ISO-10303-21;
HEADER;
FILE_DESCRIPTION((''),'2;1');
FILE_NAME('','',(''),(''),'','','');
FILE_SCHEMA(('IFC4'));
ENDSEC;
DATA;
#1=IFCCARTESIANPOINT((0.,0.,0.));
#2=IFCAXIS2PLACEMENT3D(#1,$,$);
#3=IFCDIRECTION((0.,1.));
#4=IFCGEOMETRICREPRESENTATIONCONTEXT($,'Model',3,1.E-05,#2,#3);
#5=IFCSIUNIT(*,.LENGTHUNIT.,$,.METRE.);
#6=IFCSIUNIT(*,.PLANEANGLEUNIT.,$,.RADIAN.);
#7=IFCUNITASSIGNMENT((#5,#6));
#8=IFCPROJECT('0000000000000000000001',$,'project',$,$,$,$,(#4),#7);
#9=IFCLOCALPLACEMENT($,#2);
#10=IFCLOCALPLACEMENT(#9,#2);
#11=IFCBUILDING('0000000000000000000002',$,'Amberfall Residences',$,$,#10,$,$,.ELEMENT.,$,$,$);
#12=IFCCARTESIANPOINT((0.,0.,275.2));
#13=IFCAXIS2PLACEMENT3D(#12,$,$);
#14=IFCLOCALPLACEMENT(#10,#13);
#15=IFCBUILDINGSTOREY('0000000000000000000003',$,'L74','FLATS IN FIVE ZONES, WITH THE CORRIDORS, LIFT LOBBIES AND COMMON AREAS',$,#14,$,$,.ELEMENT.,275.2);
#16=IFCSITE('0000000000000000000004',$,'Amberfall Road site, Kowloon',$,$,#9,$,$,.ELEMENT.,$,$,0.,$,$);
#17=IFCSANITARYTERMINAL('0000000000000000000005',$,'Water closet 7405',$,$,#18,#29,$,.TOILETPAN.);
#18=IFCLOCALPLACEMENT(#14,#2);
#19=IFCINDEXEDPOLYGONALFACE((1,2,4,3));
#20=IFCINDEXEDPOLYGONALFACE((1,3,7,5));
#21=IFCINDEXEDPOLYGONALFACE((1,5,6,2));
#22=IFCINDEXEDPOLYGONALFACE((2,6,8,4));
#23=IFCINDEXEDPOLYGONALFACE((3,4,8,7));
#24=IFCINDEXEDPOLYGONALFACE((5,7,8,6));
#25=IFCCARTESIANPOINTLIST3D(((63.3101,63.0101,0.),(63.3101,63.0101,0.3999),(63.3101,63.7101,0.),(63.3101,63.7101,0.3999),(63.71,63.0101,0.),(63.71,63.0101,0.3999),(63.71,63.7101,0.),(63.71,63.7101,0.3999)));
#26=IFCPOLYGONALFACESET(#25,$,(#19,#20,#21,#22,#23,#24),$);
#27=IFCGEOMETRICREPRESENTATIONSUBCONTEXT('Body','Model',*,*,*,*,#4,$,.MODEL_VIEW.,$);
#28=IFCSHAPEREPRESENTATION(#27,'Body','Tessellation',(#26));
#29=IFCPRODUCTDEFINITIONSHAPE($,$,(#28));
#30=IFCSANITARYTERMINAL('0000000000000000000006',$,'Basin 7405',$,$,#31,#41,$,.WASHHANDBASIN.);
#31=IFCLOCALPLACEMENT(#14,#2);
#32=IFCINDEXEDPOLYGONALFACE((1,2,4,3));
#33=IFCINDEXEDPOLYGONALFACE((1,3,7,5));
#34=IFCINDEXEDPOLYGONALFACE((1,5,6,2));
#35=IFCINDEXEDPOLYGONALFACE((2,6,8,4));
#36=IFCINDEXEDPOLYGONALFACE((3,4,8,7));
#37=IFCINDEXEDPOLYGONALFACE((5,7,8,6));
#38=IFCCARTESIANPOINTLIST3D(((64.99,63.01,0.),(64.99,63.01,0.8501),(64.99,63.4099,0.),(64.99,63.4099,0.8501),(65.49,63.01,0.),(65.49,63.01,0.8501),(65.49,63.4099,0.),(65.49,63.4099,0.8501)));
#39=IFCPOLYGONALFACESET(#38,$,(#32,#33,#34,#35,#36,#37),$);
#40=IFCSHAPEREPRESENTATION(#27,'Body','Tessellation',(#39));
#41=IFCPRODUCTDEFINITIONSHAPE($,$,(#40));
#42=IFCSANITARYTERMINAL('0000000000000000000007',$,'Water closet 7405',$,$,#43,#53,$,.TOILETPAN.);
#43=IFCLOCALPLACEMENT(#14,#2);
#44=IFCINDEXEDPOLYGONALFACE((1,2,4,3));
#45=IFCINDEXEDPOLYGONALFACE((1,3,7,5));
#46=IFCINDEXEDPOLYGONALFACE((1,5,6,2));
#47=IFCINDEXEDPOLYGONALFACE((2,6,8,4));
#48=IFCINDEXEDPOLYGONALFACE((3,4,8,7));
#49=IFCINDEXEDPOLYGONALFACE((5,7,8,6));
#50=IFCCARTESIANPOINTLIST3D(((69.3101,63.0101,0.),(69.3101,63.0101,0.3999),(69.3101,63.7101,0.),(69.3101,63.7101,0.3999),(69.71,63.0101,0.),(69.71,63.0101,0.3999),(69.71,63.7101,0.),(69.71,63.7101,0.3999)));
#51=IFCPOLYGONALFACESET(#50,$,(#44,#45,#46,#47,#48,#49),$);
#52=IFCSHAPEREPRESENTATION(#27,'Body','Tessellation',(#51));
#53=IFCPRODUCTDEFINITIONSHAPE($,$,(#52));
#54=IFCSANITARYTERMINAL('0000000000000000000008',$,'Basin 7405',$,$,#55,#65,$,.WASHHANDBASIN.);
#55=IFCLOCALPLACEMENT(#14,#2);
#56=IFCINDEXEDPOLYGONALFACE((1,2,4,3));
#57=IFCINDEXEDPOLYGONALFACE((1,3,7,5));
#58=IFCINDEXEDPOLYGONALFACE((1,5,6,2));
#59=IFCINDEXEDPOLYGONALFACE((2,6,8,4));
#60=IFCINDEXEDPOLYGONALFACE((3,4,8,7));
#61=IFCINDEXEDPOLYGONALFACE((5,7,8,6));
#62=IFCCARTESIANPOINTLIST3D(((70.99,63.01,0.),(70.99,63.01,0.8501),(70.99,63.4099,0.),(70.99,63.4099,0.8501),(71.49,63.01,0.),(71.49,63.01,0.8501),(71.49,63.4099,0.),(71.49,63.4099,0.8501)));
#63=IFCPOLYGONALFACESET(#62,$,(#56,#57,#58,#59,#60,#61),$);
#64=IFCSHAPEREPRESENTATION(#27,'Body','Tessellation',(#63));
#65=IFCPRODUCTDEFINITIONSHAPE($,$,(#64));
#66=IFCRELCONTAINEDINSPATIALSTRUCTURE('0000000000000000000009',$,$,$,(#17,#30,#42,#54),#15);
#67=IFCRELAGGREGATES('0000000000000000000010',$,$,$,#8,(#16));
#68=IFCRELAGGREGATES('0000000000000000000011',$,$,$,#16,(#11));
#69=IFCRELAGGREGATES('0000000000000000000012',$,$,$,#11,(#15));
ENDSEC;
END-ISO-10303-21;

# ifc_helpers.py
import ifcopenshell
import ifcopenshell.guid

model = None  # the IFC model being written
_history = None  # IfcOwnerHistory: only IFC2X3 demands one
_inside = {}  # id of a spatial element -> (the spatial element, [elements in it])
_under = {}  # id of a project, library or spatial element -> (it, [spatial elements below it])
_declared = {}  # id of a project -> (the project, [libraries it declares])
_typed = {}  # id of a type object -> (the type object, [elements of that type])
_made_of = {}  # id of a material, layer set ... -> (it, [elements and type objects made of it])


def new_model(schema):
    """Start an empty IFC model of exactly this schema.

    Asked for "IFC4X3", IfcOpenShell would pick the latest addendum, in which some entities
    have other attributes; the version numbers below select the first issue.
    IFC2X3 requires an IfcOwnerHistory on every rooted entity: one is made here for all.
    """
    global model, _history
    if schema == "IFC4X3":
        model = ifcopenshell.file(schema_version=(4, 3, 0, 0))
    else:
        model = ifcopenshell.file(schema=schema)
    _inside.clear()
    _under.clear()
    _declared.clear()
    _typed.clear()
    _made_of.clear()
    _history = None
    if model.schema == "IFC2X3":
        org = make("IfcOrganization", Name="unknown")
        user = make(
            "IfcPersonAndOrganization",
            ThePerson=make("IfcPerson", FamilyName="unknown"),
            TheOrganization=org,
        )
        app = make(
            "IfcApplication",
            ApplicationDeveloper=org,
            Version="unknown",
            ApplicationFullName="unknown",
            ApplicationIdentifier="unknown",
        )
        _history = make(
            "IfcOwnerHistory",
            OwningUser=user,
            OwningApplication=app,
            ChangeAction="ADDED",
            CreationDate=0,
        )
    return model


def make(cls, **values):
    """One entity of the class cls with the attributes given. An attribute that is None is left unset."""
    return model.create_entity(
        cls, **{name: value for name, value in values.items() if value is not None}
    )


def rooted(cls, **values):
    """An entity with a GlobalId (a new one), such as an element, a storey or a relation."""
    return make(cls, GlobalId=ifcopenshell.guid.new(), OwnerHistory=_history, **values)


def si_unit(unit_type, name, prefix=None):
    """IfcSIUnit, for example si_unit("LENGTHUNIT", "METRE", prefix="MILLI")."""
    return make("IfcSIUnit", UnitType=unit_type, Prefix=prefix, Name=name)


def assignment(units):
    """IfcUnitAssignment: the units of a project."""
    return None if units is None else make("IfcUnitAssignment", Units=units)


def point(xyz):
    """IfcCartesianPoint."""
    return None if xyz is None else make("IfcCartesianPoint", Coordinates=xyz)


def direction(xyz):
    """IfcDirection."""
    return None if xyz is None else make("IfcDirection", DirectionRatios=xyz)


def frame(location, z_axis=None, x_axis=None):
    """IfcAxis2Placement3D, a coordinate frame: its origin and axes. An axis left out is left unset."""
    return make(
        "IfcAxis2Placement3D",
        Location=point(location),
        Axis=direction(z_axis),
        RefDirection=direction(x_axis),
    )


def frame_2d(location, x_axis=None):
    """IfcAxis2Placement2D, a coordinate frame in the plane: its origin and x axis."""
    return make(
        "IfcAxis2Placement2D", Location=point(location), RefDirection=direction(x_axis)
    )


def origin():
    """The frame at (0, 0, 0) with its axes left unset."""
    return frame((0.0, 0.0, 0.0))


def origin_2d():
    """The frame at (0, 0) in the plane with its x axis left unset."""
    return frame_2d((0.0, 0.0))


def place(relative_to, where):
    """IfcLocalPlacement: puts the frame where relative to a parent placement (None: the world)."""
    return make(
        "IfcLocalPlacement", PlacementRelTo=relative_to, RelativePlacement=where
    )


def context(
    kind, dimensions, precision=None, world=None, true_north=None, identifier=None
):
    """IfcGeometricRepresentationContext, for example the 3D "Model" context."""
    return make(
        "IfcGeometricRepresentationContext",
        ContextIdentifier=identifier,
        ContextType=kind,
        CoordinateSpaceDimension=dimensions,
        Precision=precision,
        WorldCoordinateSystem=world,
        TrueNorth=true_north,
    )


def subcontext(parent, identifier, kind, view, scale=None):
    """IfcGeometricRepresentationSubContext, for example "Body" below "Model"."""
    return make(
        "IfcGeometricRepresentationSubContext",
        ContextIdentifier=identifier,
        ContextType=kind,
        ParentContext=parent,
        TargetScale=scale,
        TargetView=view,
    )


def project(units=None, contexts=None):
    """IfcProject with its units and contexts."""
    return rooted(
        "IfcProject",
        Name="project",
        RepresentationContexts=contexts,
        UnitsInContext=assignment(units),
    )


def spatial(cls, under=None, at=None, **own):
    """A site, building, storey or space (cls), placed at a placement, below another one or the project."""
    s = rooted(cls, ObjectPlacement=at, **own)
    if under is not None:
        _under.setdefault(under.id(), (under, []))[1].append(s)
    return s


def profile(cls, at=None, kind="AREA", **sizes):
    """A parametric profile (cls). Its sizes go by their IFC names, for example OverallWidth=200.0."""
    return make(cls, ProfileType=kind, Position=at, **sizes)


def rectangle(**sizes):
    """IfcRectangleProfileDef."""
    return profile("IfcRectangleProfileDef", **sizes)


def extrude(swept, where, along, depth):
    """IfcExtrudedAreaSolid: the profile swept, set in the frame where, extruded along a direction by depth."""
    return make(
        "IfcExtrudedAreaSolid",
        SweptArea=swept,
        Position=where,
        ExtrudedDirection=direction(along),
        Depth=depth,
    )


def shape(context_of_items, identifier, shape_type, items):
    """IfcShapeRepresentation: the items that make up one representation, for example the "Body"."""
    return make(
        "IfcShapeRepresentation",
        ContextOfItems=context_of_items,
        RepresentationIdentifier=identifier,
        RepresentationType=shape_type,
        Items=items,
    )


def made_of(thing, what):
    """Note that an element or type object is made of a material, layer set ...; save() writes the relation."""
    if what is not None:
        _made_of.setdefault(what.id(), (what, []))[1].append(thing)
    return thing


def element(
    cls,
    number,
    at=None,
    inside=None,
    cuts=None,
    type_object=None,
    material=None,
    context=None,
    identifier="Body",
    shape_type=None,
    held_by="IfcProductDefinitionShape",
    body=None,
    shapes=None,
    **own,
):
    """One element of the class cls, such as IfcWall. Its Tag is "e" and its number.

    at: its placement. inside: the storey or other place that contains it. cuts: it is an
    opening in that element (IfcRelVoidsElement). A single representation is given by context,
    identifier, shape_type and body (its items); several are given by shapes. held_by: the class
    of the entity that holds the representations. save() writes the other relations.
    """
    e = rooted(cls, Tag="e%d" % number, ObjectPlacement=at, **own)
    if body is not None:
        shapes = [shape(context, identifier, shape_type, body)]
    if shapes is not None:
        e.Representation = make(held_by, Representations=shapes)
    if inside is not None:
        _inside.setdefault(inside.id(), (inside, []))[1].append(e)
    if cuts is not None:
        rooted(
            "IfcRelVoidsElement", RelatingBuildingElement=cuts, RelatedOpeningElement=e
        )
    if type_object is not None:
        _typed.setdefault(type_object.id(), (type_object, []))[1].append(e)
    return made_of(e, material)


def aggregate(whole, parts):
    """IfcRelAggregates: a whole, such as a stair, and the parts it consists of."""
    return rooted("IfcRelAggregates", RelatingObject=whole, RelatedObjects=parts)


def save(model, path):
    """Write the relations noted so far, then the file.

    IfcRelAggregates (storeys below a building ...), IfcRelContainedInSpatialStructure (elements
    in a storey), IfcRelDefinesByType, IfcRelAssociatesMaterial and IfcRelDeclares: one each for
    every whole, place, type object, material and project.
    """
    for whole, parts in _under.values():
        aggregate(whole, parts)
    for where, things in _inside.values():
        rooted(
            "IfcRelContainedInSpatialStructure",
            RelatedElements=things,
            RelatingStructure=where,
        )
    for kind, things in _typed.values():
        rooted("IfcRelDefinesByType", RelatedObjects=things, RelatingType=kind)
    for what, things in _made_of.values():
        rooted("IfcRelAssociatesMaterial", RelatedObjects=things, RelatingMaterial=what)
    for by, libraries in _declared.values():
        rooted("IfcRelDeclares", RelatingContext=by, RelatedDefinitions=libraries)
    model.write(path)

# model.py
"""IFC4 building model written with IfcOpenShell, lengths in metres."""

from ifc_helpers import new_model, si_unit, direction, frame, origin, origin_2d, place, context, subcontext, project, spatial, rectangle, extrude, element, save


model = new_model("IFC4")

# Units and contexts
model_context = context("Model", 3, precision=1e-05, world=origin(), true_north=direction((0.0, 1.0)))
body_context = subcontext(model_context, "Body", "Model", "MODEL_VIEW")
ifc_project = project(units=[si_unit("LENGTHUNIT", "METRE"), si_unit("PLANEANGLEUNIT", "RADIAN")], contexts=[model_context])

# Site, building, storey
site_placement = place(None, origin())
site = spatial("IfcSite", under=ifc_project, at=site_placement, Name="Amberfall Road site, Kowloon", CompositionType="ELEMENT", RefElevation=0.0)
building_placement = place(site_placement, origin())
building = spatial("IfcBuilding", under=site, at=building_placement, Name="Amberfall Residences", CompositionType="ELEMENT")
storey_placement = place(building_placement, frame((0.0, 0.0, 275.2)))
storey = spatial("IfcBuildingStorey", under=building, at=storey_placement, Name="L74", Description="FLATS IN FIVE ZONES, WITH THE CORRIDORS, LIFT LOBBIES AND COMMON AREAS", CompositionType="ELEMENT", Elevation=275.2)

# Sanitary terminals
sanitary_terminal_1_placement = place(storey_placement, frame((63.51, 63.3601, 0.0), z_axis=(0.0, 0.0, 1.0), x_axis=(1.0, 0.0, 0.0)))
element("IfcSanitaryTerminal", 1, at=sanitary_terminal_1_placement, inside=storey, Name="Water closet 7405", PredefinedType="TOILETPAN", context=body_context, shape_type="SweptSolid", body=[
    extrude(rectangle(XDim=0.3999, YDim=0.7, at=origin_2d()), origin(), (0.0, 0.0, 1.0), 0.3999),
])
sanitary_terminal_2_placement = place(storey_placement, frame((65.24, 63.21, 0.0), z_axis=(0.0, 0.0, 1.0), x_axis=(1.0, 0.0, 0.0)))
element("IfcSanitaryTerminal", 2, at=sanitary_terminal_2_placement, inside=storey, Name="Basin 7405", PredefinedType="WASHHANDBASIN", context=body_context, shape_type="SweptSolid", body=[
    extrude(rectangle(XDim=0.5, YDim=0.3999, at=origin_2d()), origin(), (0.0, 0.0, 1.0), 0.8501),
])
sanitary_terminal_3_placement = place(storey_placement, frame((69.51, 63.3601, 0.0), z_axis=(0.0, 0.0, 1.0), x_axis=(1.0, 0.0, 0.0)))
element("IfcSanitaryTerminal", 3, at=sanitary_terminal_3_placement, inside=storey, Name="Water closet 7405", PredefinedType="TOILETPAN", context=body_context, shape_type="SweptSolid", body=[
    extrude(rectangle(XDim=0.3999, YDim=0.7, at=origin_2d()), origin(), (0.0, 0.0, 1.0), 0.3999),
])
sanitary_terminal_4_placement = place(storey_placement, frame((71.24, 63.21, 0.0), z_axis=(0.0, 0.0, 1.0), x_axis=(1.0, 0.0, 0.0)))
element("IfcSanitaryTerminal", 4, at=sanitary_terminal_4_placement, inside=storey, Name="Basin 7405", PredefinedType="WASHHANDBASIN", context=body_context, shape_type="SweptSolid", body=[
    extrude(rectangle(XDim=0.5, YDim=0.3999, at=origin_2d()), origin(), (0.0, 0.0, 1.0), 0.8501),
])

save(model, "model.ifc")
